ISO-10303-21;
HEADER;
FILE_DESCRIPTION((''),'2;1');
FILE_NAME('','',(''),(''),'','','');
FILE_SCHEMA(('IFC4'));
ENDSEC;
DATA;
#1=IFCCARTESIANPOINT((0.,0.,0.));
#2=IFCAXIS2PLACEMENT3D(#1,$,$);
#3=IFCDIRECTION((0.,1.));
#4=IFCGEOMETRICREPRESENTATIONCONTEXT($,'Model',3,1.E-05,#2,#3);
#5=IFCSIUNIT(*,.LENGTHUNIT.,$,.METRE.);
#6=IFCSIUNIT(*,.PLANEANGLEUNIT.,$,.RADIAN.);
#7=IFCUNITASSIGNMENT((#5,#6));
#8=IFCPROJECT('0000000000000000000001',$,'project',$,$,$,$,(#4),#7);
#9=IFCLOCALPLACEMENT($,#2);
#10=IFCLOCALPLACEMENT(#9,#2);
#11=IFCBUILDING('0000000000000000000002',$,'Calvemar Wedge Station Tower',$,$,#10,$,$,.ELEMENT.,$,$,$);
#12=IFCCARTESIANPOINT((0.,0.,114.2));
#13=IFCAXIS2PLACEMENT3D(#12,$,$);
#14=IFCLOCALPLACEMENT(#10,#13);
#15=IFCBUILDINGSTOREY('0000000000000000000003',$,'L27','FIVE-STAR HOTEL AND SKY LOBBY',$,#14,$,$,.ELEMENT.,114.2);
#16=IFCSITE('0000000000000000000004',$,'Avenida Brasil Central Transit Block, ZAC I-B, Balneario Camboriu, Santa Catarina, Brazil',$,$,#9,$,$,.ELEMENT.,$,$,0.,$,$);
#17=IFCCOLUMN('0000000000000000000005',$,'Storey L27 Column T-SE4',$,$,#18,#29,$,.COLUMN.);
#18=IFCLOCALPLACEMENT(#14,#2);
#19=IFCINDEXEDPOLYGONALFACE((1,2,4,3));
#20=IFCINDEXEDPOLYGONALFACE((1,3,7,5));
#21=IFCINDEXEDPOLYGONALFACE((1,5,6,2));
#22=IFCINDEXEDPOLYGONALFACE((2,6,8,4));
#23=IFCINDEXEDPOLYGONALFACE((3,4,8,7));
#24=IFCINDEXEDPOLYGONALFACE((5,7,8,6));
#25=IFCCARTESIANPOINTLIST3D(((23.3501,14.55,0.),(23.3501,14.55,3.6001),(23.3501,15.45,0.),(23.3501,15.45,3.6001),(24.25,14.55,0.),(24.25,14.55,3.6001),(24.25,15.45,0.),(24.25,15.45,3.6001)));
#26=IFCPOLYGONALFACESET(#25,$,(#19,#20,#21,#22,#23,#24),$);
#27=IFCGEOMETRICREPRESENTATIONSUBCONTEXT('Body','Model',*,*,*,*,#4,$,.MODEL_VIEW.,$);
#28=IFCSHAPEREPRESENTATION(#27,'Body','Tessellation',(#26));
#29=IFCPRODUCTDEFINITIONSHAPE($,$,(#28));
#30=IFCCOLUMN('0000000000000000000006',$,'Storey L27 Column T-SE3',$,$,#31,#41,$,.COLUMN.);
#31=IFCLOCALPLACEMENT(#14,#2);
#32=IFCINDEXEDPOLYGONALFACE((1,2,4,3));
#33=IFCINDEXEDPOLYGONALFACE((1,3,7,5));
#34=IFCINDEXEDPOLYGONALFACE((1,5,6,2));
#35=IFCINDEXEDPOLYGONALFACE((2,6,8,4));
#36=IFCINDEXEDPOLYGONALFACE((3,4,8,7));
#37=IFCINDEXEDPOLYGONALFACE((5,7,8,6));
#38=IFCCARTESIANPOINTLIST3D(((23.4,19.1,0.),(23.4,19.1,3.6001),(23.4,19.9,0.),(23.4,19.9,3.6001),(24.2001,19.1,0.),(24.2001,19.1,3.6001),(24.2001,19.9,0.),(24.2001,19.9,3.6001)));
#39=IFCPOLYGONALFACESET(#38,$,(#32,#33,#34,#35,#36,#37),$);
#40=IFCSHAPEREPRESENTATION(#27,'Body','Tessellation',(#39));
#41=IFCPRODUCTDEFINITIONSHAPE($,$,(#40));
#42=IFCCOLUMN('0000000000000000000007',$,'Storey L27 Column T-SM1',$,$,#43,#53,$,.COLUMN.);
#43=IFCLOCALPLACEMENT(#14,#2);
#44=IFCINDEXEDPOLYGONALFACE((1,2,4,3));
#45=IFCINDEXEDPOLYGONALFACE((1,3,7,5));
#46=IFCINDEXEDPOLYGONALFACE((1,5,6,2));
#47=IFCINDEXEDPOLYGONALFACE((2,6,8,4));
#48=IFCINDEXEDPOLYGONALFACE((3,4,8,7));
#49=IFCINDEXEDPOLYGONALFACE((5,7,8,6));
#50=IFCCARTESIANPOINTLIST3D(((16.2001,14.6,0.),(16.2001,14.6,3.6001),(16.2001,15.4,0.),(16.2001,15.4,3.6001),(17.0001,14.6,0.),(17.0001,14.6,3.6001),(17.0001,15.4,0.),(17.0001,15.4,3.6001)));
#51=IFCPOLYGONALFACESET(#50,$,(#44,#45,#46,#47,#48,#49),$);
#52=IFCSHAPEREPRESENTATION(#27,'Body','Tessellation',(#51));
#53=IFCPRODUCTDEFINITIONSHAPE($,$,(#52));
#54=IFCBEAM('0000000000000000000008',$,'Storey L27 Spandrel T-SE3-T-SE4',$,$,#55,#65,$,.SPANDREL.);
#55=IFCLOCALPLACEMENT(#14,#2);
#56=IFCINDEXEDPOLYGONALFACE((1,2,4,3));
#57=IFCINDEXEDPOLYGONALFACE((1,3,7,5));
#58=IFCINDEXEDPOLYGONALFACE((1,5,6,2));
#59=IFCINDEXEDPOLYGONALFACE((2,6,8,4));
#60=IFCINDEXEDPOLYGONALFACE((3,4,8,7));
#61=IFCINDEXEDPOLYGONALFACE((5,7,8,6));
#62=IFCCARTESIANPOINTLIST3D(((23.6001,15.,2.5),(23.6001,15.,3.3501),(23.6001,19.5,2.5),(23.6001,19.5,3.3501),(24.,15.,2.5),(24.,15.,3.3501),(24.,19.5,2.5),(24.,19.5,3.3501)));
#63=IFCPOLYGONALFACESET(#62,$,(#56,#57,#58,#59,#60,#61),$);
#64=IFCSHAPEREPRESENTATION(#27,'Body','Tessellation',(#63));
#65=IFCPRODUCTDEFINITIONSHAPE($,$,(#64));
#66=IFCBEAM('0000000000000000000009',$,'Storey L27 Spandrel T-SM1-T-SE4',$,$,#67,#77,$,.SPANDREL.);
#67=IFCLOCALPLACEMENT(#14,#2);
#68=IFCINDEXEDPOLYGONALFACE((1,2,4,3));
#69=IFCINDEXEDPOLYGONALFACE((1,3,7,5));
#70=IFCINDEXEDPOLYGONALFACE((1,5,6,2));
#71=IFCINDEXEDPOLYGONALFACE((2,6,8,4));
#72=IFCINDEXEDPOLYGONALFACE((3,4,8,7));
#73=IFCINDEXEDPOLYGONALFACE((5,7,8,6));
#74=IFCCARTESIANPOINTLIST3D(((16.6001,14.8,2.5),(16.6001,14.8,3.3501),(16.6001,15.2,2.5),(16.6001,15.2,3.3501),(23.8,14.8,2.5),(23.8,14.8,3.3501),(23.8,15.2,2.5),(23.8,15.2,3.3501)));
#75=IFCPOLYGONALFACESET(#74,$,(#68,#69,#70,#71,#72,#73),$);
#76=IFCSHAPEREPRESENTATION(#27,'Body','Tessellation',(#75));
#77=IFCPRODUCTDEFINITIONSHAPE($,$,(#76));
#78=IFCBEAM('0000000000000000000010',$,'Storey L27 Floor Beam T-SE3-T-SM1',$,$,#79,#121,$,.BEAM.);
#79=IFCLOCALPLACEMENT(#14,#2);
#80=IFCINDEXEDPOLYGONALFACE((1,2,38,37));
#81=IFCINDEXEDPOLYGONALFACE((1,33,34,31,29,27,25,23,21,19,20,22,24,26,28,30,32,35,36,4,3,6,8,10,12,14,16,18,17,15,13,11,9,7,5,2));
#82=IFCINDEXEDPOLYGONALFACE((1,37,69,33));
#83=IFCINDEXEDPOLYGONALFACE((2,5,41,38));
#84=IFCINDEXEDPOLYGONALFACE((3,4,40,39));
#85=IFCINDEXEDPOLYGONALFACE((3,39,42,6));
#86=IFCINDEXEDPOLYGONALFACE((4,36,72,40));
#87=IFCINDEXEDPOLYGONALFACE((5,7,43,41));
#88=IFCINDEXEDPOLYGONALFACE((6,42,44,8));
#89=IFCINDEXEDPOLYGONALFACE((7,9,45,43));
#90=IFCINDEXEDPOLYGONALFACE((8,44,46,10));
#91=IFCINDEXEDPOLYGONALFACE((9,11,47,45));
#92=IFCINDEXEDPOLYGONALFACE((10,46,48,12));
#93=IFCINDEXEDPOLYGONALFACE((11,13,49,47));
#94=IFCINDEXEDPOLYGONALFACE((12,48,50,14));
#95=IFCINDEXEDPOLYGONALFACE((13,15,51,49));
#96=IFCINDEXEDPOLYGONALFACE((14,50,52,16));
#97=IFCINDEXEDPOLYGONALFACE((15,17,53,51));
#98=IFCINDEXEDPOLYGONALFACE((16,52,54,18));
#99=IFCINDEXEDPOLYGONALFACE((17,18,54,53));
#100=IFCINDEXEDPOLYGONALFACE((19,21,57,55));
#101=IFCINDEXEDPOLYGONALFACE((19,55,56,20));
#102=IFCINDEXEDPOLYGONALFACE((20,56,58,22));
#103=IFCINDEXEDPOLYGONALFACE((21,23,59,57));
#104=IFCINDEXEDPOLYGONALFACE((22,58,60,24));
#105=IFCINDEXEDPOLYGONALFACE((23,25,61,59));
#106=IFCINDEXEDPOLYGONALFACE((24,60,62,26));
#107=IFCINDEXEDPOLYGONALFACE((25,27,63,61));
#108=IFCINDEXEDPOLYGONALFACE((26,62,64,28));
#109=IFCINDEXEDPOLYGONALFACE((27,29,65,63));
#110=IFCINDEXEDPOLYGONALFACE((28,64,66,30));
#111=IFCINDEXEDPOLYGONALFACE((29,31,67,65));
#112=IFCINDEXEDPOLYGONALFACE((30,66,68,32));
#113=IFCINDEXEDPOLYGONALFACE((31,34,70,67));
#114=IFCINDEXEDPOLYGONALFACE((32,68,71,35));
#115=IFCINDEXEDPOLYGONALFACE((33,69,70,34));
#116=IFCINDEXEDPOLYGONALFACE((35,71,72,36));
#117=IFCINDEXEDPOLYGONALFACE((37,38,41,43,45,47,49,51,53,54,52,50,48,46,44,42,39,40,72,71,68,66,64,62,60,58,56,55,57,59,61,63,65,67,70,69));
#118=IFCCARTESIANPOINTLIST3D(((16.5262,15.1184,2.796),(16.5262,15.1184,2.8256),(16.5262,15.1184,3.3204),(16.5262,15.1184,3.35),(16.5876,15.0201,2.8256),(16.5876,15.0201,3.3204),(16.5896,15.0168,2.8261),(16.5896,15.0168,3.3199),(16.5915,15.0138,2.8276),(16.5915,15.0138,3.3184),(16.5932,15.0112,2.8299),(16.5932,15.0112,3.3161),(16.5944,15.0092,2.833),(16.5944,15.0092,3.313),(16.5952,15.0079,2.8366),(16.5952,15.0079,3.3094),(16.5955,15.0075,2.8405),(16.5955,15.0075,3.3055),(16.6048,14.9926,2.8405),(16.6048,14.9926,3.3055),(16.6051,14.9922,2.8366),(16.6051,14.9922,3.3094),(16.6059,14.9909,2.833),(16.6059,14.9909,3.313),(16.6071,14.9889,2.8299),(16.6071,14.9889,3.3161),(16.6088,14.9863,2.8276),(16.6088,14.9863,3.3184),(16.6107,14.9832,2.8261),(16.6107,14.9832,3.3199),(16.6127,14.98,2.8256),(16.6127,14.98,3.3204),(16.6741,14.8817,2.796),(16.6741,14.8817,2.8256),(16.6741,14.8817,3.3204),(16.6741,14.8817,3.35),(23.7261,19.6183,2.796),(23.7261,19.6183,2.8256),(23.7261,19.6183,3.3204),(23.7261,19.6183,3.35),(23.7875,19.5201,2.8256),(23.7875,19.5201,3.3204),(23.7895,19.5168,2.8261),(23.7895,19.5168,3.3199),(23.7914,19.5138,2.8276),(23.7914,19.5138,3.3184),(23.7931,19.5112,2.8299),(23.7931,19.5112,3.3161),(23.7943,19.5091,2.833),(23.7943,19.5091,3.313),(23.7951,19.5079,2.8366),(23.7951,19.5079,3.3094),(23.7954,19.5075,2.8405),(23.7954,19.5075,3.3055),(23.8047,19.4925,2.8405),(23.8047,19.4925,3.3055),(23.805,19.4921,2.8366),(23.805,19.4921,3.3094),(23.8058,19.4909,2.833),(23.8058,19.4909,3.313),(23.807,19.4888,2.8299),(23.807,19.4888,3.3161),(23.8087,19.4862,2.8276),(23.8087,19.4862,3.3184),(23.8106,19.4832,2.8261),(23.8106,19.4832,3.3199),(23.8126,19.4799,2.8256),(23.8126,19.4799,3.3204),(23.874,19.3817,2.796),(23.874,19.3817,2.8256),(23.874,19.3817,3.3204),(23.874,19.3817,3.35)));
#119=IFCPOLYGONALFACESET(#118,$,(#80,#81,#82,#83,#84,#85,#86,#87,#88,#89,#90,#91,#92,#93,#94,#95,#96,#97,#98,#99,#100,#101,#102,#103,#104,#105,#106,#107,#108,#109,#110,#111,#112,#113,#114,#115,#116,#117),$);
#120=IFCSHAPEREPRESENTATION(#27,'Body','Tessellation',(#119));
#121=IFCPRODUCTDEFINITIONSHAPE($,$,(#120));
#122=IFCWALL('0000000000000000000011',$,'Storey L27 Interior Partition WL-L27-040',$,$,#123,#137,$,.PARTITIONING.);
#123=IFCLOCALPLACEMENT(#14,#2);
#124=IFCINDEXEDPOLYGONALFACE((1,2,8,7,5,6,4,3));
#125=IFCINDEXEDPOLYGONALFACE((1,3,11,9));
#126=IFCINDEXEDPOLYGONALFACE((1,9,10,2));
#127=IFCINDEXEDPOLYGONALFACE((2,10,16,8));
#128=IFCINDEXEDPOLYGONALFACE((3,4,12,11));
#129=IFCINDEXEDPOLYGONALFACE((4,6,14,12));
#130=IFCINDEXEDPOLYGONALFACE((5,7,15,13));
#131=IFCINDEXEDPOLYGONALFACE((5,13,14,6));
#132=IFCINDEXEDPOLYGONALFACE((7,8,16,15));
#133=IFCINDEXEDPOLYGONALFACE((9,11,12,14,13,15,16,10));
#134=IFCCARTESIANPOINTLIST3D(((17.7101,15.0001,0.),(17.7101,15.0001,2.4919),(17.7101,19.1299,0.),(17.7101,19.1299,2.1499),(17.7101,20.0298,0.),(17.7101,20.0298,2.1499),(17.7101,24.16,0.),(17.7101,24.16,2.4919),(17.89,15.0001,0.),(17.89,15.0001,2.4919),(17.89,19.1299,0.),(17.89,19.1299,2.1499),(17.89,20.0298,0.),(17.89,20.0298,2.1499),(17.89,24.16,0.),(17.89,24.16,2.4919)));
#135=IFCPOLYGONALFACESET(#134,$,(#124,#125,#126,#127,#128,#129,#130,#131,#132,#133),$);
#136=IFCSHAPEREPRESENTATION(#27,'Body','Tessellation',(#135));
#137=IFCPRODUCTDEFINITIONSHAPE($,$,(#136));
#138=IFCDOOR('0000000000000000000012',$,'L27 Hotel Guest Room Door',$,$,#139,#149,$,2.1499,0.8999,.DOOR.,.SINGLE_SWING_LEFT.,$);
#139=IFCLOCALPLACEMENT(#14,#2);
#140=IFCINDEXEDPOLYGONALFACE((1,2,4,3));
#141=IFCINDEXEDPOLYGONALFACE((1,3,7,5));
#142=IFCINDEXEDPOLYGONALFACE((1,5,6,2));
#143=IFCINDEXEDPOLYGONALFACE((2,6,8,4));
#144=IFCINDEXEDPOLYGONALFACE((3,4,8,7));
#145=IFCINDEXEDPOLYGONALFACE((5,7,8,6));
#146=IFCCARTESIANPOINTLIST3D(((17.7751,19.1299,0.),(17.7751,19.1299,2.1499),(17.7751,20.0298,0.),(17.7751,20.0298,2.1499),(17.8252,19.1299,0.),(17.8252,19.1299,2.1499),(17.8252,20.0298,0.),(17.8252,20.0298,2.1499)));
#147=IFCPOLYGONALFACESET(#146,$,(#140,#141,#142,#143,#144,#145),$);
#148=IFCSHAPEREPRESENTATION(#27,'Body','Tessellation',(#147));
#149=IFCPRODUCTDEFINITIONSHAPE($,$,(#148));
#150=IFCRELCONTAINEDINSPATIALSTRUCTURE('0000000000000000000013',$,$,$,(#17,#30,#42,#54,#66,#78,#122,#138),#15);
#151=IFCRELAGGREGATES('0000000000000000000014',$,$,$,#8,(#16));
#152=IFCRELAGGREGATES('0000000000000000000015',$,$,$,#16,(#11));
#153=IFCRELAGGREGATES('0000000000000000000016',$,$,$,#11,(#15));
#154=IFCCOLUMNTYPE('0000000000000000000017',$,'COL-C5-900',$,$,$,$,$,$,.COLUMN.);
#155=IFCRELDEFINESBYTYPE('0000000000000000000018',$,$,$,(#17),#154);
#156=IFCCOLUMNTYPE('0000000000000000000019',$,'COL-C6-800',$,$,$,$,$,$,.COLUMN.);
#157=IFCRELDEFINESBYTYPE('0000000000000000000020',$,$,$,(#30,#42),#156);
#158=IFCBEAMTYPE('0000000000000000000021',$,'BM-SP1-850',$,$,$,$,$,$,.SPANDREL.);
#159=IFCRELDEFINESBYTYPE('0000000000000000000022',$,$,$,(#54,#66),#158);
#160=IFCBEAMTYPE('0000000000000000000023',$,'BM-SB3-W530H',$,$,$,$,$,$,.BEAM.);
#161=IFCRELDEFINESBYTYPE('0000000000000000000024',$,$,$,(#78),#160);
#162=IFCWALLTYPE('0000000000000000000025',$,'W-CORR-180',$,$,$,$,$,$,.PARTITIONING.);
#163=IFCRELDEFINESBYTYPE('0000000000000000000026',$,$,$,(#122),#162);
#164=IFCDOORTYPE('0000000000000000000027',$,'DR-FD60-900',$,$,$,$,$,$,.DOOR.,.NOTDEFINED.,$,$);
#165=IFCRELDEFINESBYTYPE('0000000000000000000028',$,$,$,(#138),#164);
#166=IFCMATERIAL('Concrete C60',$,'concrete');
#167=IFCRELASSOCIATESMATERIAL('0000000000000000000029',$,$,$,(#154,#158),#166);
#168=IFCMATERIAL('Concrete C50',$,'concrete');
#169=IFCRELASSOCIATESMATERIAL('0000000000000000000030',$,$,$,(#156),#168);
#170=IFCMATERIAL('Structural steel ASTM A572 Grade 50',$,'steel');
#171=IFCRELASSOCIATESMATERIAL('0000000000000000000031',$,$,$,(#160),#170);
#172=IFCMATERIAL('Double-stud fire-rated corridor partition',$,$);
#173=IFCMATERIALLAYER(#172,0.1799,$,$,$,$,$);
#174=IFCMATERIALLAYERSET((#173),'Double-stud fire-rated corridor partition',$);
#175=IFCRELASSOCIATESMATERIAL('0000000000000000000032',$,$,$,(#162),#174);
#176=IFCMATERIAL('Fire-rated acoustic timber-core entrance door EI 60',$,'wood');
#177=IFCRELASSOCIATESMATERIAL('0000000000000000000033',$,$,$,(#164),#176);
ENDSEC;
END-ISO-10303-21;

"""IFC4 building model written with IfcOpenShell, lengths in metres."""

from ifc_helpers import new_model, si_unit, direction, frame, frame_2d, origin, origin_2d, place, context, subcontext, project, spatial, rectangle, i_section, extrude, source, transform, mapped, material, layer, layer_set, material_profile, profile_set, type_object, element, fill, save


model = new_model("IFC4")

# Units and contexts
model_context = context("Model", 3, precision=1e-05, world=origin(), true_north=direction((0.0, 1.0)))
body_context = subcontext(model_context, "Body", "Model", "MODEL_VIEW")
ifc_project = project(units=[si_unit("LENGTHUNIT", "METRE"), si_unit("PLANEANGLEUNIT", "RADIAN")], contexts=[model_context])

# Site, building, storey
site_placement = place(None, origin())
site = spatial("IfcSite", under=ifc_project, at=site_placement, Name="Avenida Brasil Central Transit Block, ZAC I-B, Balneario Camboriu, Santa Catarina, Brazil", CompositionType="ELEMENT", RefElevation=0.0)
building_placement = place(site_placement, origin())
building = spatial("IfcBuilding", under=site, at=building_placement, Name="Calvemar Wedge Station Tower", CompositionType="ELEMENT")
storey_placement = place(building_placement, frame((0.0, 0.0, 114.2)))
storey = spatial("IfcBuildingStorey", under=building, at=storey_placement, Name="L27", Description="FIVE-STAR HOTEL AND SKY LOBBY", CompositionType="ELEMENT", Elevation=114.2)

# Columns
ifc_material_1 = material(Name="Concrete C60", Category="concrete")
ifc_material_profile_1 = material_profile(ifc_material_1, rectangle(XDim=0.8999, YDim=0.8999, at=origin_2d()), Name="RC900x900")
ifc_profile_set_1 = profile_set([ifc_material_profile_1], Name="Concrete C60")
column_type_1 = type_object("IfcColumnType", Name="COL-C5-900", PredefinedType="COLUMN", material=ifc_profile_set_1)
shared_shape_1 = source(origin(), body_context, "Body", "SweptSolid", [
    extrude(rectangle(XDim=0.8999, YDim=0.8999, at=origin_2d()), origin(), (0.0, 0.0, 1.0), 3.6001),
])
column_placement = place(storey_placement, frame((23.8, 15.0, 0.0), z_axis=(0.0, 0.0, 1.0), x_axis=(1.0, 0.0, 0.0)))
element("IfcColumn", 1, at=column_placement, inside=storey, type_object=column_type_1, Name="Storey L27 Column T-SE4", PredefinedType="COLUMN", context=body_context, shape_type="MappedRepresentation", body=[
    mapped(shared_shape_1, transform((0.0, 0.0, 0.0), scale=1.0)),
])
ifc_material_2 = material(Name="Concrete C50", Category="concrete")
ifc_material_profile_2 = material_profile(ifc_material_2, rectangle(XDim=0.8, YDim=0.8, at=origin_2d()), Name="RC800x800")
ifc_profile_set_2 = profile_set([ifc_material_profile_2], Name="Concrete C50")
column_type_2 = type_object("IfcColumnType", Name="COL-C6-800", PredefinedType="COLUMN", material=ifc_profile_set_2)
shared_shape_2 = source(origin(), body_context, "Body", "SweptSolid", [
    extrude(rectangle(XDim=0.8, YDim=0.8, at=origin_2d()), origin(), (0.0, 0.0, 1.0), 3.6001),
])
for number, where, z_axis, x_axis, name in (
    (2, (23.8, 19.5, 0.0), (0.0, 0.0, 1.0), (1.0, 0.0, 0.0), "Storey L27 Column T-SE3"),
    (3, (16.6001, 15.0, 0.0), (0.0, 0.0, 1.0), (1.0, 0.0, 0.0), "Storey L27 Column T-SM1"),
):
    element("IfcColumn", number, at=place(storey_placement, frame(where, z_axis=z_axis, x_axis=x_axis)), inside=storey, type_object=column_type_2, Name=name, PredefinedType="COLUMN", context=body_context, shape_type="MappedRepresentation", body=[
        mapped(shared_shape_2, transform((0.0, 0.0, 0.0), scale=1.0)),
    ])

# Beams
ifc_material_profile_3 = material_profile(ifc_material_1, rectangle(XDim=0.3999, YDim=0.8501, at=origin_2d()), Name="RC400x850")
ifc_profile_set_3 = profile_set([ifc_material_profile_3], Name="Concrete C60")
beam_type_1 = type_object("IfcBeamType", Name="BM-SP1-850", PredefinedType="SPANDREL", material=ifc_profile_set_3)
shared_shape_3 = source(origin(), body_context, "Body", "SweptSolid", [
    extrude(rectangle(XDim=0.3999, YDim=0.8501, at=origin_2d()), origin(), (0.0, 0.0, 1.0), 4.5),
])
beam_1_placement = place(storey_placement, frame((23.8, 19.5, 2.925), z_axis=(0.0, -1.0, 0.0), x_axis=(1.0, 0.0, 0.0)))
element("IfcBeam", 4, at=beam_1_placement, inside=storey, type_object=beam_type_1, Name="Storey L27 Spandrel T-SE3-T-SE4", PredefinedType="SPANDREL", context=body_context, shape_type="MappedRepresentation", body=[
    mapped(shared_shape_3, transform((0.0, 0.0, 0.0), scale=1.0)),
])
shared_shape_4 = source(origin(), body_context, "Body", "SweptSolid", [
    extrude(rectangle(XDim=0.3999, YDim=0.8501, at=origin_2d()), origin(), (0.0, 0.0, 1.0), 7.2),
])
beam_2_placement = place(storey_placement, frame((16.6001, 15.0, 2.925), z_axis=(1.0, 0.0, 0.0), x_axis=(0.0, 1.0, 0.0)))
element("IfcBeam", 5, at=beam_2_placement, inside=storey, type_object=beam_type_1, Name="Storey L27 Spandrel T-SM1-T-SE4", PredefinedType="SPANDREL", context=body_context, shape_type="MappedRepresentation", body=[
    mapped(shared_shape_4, transform((0.0, 0.0, 0.0), scale=1.0)),
])
ifc_material_3 = material(Name="Structural steel ASTM A572 Grade 50", Category="steel")
ifc_material_profile_4 = material_profile(ifc_material_3, i_section(OverallWidth=0.2791, OverallDepth=0.554, WebThickness=0.0176, FlangeThickness=0.0295, FilletRadius=0.0149, at=origin_2d()), Name="W530x196")
ifc_profile_set_4 = profile_set([ifc_material_profile_4], Name="Structural steel ASTM A572 Grade 50")
beam_type_2 = type_object("IfcBeamType", Name="BM-SB3-W530H", PredefinedType="BEAM", material=ifc_profile_set_4)
shared_shape_5 = source(origin(), body_context, "Body", "SweptSolid", [
    extrude(i_section(OverallWidth=0.2791, OverallDepth=0.554, WebThickness=0.0176, FlangeThickness=0.0295, FilletRadius=0.0149, at=origin_2d()), origin(), (0.0, 0.0, 1.0), 8.4905),
])
beam_3_placement = place(storey_placement, frame((23.8, 19.5, 3.073), z_axis=(-0.847997, -0.530002, 0.0), x_axis=(0.530002, -0.847997, 0.0)))
element("IfcBeam", 6, at=beam_3_placement, inside=storey, type_object=beam_type_2, Name="Storey L27 Floor Beam T-SE3-T-SM1", PredefinedType="BEAM", context=body_context, shape_type="MappedRepresentation", body=[
    mapped(shared_shape_5, transform((0.0, 0.0, 0.0), scale=1.0)),
])

# Wall, opening, door
ifc_material_4 = material(Name="Double-stud fire-rated corridor partition")
ifc_layer_1 = layer(ifc_material_4, 0.1799)
ifc_layer_set_1 = layer_set([ifc_layer_1], Name="Double-stud fire-rated corridor partition")
wall_type_1 = type_object("IfcWallType", Name="W-CORR-180", PredefinedType="PARTITIONING", material=ifc_layer_set_1)
wall_1_placement = place(storey_placement, frame((17.8, 15.0, 0.0), z_axis=(0.0, 0.0, 1.0), x_axis=(0.0, 1.0, 0.0)))
wall_1 = element("IfcWall", 7, at=wall_1_placement, inside=storey, type_object=wall_type_1, Name="Storey L27 Interior Partition WL-L27-040", PredefinedType="PARTITIONING", context=body_context, shape_type="SweptSolid", body=[
    extrude(rectangle(XDim=9.1599, YDim=0.1799, at=frame_2d((4.5801, 0.0))), origin(), (0.0, 0.0, 1.0), 2.4919),
])
shared_shape_6 = source(origin(), body_context, "Body", "SweptSolid", [
    extrude(rectangle(XDim=0.8999, YDim=2.1499, at=frame_2d((0.45, 1.075))), frame((0.0, 0.1001, 0.0), z_axis=(0.0, -1.0, 0.0), x_axis=(1.0, 0.0, 0.0)), (0.0, 0.0, 1.0), 0.2),
])
opening_1_placement = place(wall_1_placement, frame((4.1299, 0.0, 0.0)))
opening_1 = element("IfcOpeningElement", 8, at=opening_1_placement, cuts=wall_1, PredefinedType="OPENING", context=body_context, shape_type="MappedRepresentation", body=[
    mapped(shared_shape_6, transform((0.0, 0.0, 0.0), scale=1.0)),
])
ifc_material_5 = material(Name="Fire-rated acoustic timber-core entrance door EI 60", Category="wood")
door_type_1 = type_object("IfcDoorType", Name="DR-FD60-900", OperationType="NOTDEFINED", PredefinedType="DOOR", material=ifc_material_5)
shared_shape_7 = source(origin(), body_context, "Body", "SweptSolid", [
    extrude(rectangle(XDim=0.8999, YDim=2.1499, at=frame_2d((0.45, 1.075))), frame((0.0, 0.0249, 0.0), z_axis=(0.0, -1.0, 0.0), x_axis=(1.0, 0.0, 0.0)), (0.0, 0.0, 1.0), 0.05),
])
door_1_placement = place(opening_1_placement, origin())
door_1 = element("IfcDoor", 9, at=door_1_placement, inside=storey, type_object=door_type_1, Name="L27 Hotel Guest Room Door", OperationType="SINGLE_SWING_LEFT", OverallHeight=2.1499, OverallWidth=0.8999, PredefinedType="DOOR", context=body_context, shape_type="MappedRepresentation", body=[
    mapped(shared_shape_7, transform((0.0, 0.0, 0.0), scale=1.0)),
])
fill(opening_1, door_1)

save(model, "model.ifc")
